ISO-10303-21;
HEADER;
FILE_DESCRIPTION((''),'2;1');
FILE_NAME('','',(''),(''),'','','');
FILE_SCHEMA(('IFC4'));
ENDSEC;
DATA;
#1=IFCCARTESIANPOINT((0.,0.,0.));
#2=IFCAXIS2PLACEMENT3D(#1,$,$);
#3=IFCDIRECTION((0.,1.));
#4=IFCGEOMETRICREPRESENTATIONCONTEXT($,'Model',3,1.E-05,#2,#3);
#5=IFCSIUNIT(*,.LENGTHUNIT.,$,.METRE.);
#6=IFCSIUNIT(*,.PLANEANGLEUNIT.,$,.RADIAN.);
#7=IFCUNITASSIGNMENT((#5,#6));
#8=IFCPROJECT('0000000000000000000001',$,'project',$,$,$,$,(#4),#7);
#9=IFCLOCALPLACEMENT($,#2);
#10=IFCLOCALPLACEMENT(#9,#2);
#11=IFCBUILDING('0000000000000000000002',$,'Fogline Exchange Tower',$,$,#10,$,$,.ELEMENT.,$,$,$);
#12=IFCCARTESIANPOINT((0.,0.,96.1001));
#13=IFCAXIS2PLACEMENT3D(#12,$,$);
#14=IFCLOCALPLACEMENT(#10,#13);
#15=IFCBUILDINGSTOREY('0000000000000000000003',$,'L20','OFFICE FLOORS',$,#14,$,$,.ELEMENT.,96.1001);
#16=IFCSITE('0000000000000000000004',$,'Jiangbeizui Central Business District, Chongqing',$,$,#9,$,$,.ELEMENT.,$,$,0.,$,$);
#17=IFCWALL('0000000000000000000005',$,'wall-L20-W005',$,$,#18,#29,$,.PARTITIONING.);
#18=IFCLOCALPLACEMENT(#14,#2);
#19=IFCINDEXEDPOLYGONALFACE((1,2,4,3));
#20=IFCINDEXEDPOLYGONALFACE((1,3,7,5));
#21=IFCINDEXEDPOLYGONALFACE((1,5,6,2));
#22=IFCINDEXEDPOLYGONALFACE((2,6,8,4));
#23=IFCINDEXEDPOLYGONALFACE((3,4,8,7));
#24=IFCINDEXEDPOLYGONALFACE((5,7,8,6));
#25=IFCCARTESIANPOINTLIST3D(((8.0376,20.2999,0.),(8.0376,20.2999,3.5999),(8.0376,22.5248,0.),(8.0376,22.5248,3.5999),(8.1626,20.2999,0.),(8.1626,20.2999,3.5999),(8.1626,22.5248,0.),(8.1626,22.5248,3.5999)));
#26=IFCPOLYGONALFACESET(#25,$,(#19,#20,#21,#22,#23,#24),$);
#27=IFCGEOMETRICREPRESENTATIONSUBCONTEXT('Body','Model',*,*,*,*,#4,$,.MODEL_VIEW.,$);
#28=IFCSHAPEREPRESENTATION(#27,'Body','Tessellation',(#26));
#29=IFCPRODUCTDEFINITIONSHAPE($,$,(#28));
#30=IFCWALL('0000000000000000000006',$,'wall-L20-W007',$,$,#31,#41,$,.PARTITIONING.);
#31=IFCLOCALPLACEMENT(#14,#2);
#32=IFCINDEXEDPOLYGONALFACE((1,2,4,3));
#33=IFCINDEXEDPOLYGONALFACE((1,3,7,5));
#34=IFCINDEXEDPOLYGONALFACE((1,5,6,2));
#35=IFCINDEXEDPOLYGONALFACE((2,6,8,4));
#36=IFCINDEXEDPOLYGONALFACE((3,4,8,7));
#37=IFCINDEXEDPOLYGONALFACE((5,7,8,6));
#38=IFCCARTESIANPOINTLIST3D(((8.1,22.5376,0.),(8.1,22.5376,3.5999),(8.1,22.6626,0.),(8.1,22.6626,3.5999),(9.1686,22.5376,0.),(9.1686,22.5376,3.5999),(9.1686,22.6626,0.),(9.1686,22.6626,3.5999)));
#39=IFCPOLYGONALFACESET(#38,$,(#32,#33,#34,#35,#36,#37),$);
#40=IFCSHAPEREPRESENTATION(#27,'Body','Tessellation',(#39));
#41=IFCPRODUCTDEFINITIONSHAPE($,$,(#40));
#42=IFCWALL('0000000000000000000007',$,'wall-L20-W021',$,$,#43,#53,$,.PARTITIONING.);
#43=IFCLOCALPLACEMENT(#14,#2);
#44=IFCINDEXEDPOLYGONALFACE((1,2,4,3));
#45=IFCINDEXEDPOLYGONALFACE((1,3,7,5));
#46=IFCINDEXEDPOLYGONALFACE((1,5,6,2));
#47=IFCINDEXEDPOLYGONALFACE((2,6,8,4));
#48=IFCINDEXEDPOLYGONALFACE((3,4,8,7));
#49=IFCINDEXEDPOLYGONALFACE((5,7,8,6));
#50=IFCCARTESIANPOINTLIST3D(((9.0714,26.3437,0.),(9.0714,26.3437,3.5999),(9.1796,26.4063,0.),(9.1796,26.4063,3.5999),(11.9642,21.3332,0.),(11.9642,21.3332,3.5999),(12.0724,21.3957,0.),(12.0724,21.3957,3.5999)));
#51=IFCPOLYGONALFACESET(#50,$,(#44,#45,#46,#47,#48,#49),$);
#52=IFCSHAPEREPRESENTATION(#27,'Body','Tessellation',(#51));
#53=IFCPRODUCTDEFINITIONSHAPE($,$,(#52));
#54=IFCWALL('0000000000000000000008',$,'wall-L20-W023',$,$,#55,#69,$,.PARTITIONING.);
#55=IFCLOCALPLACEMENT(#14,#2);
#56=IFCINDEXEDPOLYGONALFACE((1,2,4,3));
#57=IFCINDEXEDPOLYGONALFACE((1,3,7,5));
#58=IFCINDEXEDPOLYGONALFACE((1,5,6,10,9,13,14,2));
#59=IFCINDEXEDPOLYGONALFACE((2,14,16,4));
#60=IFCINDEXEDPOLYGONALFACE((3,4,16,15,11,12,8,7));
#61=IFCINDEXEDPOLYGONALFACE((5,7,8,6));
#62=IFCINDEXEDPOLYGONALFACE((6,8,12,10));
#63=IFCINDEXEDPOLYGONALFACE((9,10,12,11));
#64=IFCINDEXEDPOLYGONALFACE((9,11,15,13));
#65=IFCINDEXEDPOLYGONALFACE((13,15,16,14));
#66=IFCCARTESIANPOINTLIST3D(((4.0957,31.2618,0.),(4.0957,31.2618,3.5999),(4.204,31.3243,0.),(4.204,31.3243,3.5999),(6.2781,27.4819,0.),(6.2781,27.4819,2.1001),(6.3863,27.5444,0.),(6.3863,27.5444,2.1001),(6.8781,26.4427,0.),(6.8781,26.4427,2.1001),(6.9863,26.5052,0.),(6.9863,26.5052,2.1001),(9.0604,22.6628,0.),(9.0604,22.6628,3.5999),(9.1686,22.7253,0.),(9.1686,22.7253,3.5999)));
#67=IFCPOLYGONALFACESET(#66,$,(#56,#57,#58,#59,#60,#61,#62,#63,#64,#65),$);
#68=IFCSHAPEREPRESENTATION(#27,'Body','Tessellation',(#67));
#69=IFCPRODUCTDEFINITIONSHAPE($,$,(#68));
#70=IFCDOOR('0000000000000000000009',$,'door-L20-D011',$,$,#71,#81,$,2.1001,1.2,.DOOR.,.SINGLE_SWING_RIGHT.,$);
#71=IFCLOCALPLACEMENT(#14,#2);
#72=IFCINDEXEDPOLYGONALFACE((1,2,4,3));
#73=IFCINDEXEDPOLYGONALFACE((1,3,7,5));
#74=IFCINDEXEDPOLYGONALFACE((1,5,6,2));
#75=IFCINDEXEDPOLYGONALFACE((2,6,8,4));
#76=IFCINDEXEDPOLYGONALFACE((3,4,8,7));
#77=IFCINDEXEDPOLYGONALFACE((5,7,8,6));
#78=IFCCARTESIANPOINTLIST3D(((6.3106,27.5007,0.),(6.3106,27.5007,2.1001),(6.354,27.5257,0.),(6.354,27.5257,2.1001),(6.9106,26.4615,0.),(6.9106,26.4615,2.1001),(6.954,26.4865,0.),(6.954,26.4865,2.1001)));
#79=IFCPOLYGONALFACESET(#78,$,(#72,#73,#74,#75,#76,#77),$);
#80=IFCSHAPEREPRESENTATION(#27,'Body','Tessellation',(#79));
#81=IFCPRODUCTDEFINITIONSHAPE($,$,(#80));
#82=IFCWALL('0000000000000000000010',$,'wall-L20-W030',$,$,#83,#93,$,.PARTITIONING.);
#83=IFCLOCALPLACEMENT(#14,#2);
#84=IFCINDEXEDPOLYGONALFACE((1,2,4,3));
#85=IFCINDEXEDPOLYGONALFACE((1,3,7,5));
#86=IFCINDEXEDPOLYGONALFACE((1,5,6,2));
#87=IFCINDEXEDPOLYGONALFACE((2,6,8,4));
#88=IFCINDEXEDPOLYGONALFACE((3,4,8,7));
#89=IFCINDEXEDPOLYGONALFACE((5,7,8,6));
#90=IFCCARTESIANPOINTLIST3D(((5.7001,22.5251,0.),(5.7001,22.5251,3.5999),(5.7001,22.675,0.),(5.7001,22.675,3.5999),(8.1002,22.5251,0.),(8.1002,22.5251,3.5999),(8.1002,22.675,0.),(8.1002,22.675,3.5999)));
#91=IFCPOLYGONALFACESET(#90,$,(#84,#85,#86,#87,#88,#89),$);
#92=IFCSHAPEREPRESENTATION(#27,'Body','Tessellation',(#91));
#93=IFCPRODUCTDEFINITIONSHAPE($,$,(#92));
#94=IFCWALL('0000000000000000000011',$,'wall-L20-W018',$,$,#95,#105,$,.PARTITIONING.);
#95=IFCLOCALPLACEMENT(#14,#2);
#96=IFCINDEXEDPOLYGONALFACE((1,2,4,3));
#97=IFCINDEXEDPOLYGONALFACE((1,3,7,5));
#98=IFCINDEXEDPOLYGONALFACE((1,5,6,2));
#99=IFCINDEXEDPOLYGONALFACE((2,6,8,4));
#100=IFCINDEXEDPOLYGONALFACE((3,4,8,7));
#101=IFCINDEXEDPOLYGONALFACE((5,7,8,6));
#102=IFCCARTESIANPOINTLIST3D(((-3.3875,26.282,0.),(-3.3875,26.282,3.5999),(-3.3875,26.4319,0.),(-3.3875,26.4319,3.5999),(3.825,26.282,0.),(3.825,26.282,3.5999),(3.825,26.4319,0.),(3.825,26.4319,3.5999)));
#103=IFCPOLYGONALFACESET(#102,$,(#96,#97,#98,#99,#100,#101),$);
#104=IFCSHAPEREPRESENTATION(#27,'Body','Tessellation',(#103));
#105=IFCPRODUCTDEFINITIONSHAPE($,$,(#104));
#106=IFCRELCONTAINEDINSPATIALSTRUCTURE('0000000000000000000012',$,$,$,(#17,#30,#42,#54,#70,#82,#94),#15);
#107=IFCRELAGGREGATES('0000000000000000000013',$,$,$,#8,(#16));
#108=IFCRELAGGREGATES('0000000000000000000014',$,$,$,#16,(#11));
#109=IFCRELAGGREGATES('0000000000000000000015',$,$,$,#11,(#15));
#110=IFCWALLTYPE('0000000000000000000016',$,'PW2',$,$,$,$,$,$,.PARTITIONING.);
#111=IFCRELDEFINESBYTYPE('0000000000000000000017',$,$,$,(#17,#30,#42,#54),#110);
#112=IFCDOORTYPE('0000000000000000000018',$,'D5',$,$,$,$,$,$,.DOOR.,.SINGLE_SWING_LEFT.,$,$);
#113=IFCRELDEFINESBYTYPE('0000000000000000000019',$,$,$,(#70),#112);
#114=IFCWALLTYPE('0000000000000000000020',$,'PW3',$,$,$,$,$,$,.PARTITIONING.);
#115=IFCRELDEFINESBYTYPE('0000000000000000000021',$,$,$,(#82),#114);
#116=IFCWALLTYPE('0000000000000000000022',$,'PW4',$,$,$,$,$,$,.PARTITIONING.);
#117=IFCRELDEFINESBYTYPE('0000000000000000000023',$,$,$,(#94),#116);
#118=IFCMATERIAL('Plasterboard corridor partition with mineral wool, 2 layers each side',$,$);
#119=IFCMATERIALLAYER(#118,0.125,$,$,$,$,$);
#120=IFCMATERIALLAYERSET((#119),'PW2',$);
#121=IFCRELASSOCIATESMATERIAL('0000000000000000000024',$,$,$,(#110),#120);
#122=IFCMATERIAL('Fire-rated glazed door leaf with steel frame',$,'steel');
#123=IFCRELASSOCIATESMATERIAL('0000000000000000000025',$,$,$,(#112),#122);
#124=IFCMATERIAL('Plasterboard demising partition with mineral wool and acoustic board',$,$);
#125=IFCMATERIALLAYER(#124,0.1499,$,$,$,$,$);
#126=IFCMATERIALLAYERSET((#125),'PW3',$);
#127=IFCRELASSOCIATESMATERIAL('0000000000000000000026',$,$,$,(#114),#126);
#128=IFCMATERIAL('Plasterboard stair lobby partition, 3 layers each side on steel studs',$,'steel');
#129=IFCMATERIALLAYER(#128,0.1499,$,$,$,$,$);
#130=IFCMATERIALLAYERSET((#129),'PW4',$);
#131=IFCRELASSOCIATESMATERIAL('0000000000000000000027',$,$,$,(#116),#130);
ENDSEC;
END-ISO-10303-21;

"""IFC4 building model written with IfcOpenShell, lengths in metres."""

from ifc_helpers import new_model, si_unit, direction, frame, frame_2d, origin, place, context, subcontext, project, spatial, rectangle, extrude, material, layer, layer_set, type_object, element, fill, save


model = new_model("IFC4")

# Units and contexts
model_context = context("Model", 3, precision=1e-05, world=origin(), true_north=direction((0.0, 1.0)))
body_context = subcontext(model_context, "Body", "Model", "MODEL_VIEW")
ifc_project = project(units=[si_unit("LENGTHUNIT", "METRE"), si_unit("PLANEANGLEUNIT", "RADIAN")], contexts=[model_context])

# Site, building, storey
site_placement = place(None, origin())
site = spatial("IfcSite", under=ifc_project, at=site_placement, Name="Jiangbeizui Central Business District, Chongqing", CompositionType="ELEMENT", RefElevation=0.0)
building_placement = place(site_placement, origin())
building = spatial("IfcBuilding", under=site, at=building_placement, Name="Fogline Exchange Tower", CompositionType="ELEMENT")
storey_placement = place(building_placement, frame((0.0, 0.0, 96.1001)))
storey = spatial("IfcBuildingStorey", under=building, at=storey_placement, Name="L20", Description="OFFICE FLOORS", CompositionType="ELEMENT", Elevation=96.1001)

# Shared definitions
ifc_material_1 = material(Name="Plasterboard corridor partition with mineral wool, 2 layers each side")
ifc_layer_1 = layer(ifc_material_1, 0.125)
ifc_layer_set_1 = layer_set([ifc_layer_1], Name="PW2")
wall_type_1 = type_object("IfcWallType", Name="PW2", PredefinedType="PARTITIONING", material=ifc_layer_set_1)

# Walls
wall_1_placement = place(storey_placement, frame((8.1001, 20.3, 0.0), z_axis=(0.0, 0.0, 1.0), x_axis=(0.0, 1.0, 0.0)))
element("IfcWall", 1, at=wall_1_placement, inside=storey, type_object=wall_type_1, Name="wall-L20-W005", PredefinedType="PARTITIONING", context=body_context, shape_type="SweptSolid", body=[
    extrude(rectangle(XDim=2.2249, YDim=0.125, at=frame_2d((1.1123, 0.0))), origin(), (0.0, 0.0, 1.0), 3.5999),
])
wall_2_placement = place(storey_placement, frame((8.1001, 22.6001, 0.0), z_axis=(0.0, 0.0, 1.0), x_axis=(1.0, 0.0, 0.0)))
element("IfcWall", 2, at=wall_2_placement, inside=storey, type_object=wall_type_1, Name="wall-L20-W007", PredefinedType="PARTITIONING", context=body_context, shape_type="SweptSolid", body=[
    extrude(rectangle(XDim=1.0686, YDim=0.125, at=frame_2d((0.5342, 0.0))), origin(), (0.0, 0.0, 1.0), 3.5999),
])
wall_3_placement = place(storey_placement, frame((9.1255, 26.375, 0.0), z_axis=(0.0, 0.0, 1.0), x_axis=(0.500001, -0.866025, 0.0)))
element("IfcWall", 3, at=wall_3_placement, inside=storey, type_object=wall_type_1, Name="wall-L20-W021", PredefinedType="PARTITIONING", context=body_context, shape_type="SweptSolid", body=[
    extrude(rectangle(XDim=5.7856, YDim=0.125, at=frame_2d((2.8928, 0.0))), origin(), (0.0, 0.0, 1.0), 3.5999),
])

# Wall, opening, door
wall_4_placement = place(storey_placement, frame((9.1145, 22.6941, 0.0), z_axis=(0.0, 0.0, 1.0), x_axis=(-0.500003, 0.866024, 0.0)))
wall_4 = element("IfcWall", 4, at=wall_4_placement, inside=storey, type_object=wall_type_1, Name="wall-L20-W023", PredefinedType="PARTITIONING", context=body_context, shape_type="SweptSolid", body=[
    extrude(rectangle(XDim=9.9292, YDim=0.125, at=frame_2d((4.9646, 0.0))), origin(), (0.0, 0.0, 1.0), 3.5999),
])
opening_1_placement = place(wall_4_placement, frame((4.3645, 0.0, 0.0)))
opening_1 = element("IfcOpeningElement", 5, at=opening_1_placement, cuts=wall_4, PredefinedType="OPENING", context=body_context, shape_type="SweptSolid", body=[
    extrude(rectangle(XDim=1.2, YDim=2.1001, at=frame_2d((0.6001, 1.05))), frame((0.0, 0.0725, 0.0), z_axis=(0.0, -1.0, 0.0), x_axis=(1.0, 0.0, 0.0)), (0.0, 0.0, 1.0), 0.145),
])
ifc_material_2 = material(Name="Fire-rated glazed door leaf with steel frame", Category="steel")
door_type_1 = type_object("IfcDoorType", Name="D5", OperationType="SINGLE_SWING_LEFT", PredefinedType="DOOR", material=ifc_material_2)
door_1_placement = place(opening_1_placement, origin())
door_1 = element("IfcDoor", 6, at=door_1_placement, inside=storey, type_object=door_type_1, Name="door-L20-D011", OperationType="SINGLE_SWING_RIGHT", OverallHeight=2.1001, OverallWidth=1.2, PredefinedType="DOOR", context=body_context, shape_type="SweptSolid", body=[
    extrude(rectangle(XDim=1.2, YDim=2.1001, at=frame_2d((0.6001, 1.05))), frame((0.0, 0.0249, 0.0), z_axis=(0.0, -1.0, 0.0), x_axis=(1.0, 0.0, 0.0)), (0.0, 0.0, 1.0), 0.05),
])
fill(opening_1, door_1)

# Walls
ifc_material_3 = material(Name="Plasterboard demising partition with mineral wool and acoustic board")
ifc_layer_2 = layer(ifc_material_3, 0.1499)
ifc_layer_set_2 = layer_set([ifc_layer_2], Name="PW3")
wall_type_2 = type_object("IfcWallType", Name="PW3", PredefinedType="PARTITIONING", material=ifc_layer_set_2)
wall_5_placement = place(storey_placement, frame((5.7, 22.6001, 0.0), z_axis=(0.0, 0.0, 1.0), x_axis=(1.0, 0.0, 0.0)))
element("IfcWall", 7, at=wall_5_placement, inside=storey, type_object=wall_type_2, Name="wall-L20-W030", PredefinedType="PARTITIONING", context=body_context, shape_type="SweptSolid", body=[
    extrude(rectangle(XDim=2.4001, YDim=0.1499, at=frame_2d((1.2002, 0.0))), origin(), (0.0, 0.0, 1.0), 3.5999),
])
ifc_material_4 = material(Name="Plasterboard stair lobby partition, 3 layers each side on steel studs", Category="steel")
ifc_layer_3 = layer(ifc_material_4, 0.1499)
ifc_layer_set_3 = layer_set([ifc_layer_3], Name="PW4")
wall_type_3 = type_object("IfcWallType", Name="PW4", PredefinedType="PARTITIONING", material=ifc_layer_set_3)
wall_6_placement = place(storey_placement, frame((3.825, 26.3569, 0.0), z_axis=(0.0, 0.0, 1.0), x_axis=(-1.0, 0.0, 0.0)))
element("IfcWall", 8, at=wall_6_placement, inside=storey, type_object=wall_type_3, Name="wall-L20-W018", PredefinedType="PARTITIONING", context=body_context, shape_type="SweptSolid", body=[
    extrude(rectangle(XDim=7.2124, YDim=0.1499, at=frame_2d((3.6062, 0.0))), origin(), (0.0, 0.0, 1.0), 3.5999),
])

save(model, "model.ifc")
